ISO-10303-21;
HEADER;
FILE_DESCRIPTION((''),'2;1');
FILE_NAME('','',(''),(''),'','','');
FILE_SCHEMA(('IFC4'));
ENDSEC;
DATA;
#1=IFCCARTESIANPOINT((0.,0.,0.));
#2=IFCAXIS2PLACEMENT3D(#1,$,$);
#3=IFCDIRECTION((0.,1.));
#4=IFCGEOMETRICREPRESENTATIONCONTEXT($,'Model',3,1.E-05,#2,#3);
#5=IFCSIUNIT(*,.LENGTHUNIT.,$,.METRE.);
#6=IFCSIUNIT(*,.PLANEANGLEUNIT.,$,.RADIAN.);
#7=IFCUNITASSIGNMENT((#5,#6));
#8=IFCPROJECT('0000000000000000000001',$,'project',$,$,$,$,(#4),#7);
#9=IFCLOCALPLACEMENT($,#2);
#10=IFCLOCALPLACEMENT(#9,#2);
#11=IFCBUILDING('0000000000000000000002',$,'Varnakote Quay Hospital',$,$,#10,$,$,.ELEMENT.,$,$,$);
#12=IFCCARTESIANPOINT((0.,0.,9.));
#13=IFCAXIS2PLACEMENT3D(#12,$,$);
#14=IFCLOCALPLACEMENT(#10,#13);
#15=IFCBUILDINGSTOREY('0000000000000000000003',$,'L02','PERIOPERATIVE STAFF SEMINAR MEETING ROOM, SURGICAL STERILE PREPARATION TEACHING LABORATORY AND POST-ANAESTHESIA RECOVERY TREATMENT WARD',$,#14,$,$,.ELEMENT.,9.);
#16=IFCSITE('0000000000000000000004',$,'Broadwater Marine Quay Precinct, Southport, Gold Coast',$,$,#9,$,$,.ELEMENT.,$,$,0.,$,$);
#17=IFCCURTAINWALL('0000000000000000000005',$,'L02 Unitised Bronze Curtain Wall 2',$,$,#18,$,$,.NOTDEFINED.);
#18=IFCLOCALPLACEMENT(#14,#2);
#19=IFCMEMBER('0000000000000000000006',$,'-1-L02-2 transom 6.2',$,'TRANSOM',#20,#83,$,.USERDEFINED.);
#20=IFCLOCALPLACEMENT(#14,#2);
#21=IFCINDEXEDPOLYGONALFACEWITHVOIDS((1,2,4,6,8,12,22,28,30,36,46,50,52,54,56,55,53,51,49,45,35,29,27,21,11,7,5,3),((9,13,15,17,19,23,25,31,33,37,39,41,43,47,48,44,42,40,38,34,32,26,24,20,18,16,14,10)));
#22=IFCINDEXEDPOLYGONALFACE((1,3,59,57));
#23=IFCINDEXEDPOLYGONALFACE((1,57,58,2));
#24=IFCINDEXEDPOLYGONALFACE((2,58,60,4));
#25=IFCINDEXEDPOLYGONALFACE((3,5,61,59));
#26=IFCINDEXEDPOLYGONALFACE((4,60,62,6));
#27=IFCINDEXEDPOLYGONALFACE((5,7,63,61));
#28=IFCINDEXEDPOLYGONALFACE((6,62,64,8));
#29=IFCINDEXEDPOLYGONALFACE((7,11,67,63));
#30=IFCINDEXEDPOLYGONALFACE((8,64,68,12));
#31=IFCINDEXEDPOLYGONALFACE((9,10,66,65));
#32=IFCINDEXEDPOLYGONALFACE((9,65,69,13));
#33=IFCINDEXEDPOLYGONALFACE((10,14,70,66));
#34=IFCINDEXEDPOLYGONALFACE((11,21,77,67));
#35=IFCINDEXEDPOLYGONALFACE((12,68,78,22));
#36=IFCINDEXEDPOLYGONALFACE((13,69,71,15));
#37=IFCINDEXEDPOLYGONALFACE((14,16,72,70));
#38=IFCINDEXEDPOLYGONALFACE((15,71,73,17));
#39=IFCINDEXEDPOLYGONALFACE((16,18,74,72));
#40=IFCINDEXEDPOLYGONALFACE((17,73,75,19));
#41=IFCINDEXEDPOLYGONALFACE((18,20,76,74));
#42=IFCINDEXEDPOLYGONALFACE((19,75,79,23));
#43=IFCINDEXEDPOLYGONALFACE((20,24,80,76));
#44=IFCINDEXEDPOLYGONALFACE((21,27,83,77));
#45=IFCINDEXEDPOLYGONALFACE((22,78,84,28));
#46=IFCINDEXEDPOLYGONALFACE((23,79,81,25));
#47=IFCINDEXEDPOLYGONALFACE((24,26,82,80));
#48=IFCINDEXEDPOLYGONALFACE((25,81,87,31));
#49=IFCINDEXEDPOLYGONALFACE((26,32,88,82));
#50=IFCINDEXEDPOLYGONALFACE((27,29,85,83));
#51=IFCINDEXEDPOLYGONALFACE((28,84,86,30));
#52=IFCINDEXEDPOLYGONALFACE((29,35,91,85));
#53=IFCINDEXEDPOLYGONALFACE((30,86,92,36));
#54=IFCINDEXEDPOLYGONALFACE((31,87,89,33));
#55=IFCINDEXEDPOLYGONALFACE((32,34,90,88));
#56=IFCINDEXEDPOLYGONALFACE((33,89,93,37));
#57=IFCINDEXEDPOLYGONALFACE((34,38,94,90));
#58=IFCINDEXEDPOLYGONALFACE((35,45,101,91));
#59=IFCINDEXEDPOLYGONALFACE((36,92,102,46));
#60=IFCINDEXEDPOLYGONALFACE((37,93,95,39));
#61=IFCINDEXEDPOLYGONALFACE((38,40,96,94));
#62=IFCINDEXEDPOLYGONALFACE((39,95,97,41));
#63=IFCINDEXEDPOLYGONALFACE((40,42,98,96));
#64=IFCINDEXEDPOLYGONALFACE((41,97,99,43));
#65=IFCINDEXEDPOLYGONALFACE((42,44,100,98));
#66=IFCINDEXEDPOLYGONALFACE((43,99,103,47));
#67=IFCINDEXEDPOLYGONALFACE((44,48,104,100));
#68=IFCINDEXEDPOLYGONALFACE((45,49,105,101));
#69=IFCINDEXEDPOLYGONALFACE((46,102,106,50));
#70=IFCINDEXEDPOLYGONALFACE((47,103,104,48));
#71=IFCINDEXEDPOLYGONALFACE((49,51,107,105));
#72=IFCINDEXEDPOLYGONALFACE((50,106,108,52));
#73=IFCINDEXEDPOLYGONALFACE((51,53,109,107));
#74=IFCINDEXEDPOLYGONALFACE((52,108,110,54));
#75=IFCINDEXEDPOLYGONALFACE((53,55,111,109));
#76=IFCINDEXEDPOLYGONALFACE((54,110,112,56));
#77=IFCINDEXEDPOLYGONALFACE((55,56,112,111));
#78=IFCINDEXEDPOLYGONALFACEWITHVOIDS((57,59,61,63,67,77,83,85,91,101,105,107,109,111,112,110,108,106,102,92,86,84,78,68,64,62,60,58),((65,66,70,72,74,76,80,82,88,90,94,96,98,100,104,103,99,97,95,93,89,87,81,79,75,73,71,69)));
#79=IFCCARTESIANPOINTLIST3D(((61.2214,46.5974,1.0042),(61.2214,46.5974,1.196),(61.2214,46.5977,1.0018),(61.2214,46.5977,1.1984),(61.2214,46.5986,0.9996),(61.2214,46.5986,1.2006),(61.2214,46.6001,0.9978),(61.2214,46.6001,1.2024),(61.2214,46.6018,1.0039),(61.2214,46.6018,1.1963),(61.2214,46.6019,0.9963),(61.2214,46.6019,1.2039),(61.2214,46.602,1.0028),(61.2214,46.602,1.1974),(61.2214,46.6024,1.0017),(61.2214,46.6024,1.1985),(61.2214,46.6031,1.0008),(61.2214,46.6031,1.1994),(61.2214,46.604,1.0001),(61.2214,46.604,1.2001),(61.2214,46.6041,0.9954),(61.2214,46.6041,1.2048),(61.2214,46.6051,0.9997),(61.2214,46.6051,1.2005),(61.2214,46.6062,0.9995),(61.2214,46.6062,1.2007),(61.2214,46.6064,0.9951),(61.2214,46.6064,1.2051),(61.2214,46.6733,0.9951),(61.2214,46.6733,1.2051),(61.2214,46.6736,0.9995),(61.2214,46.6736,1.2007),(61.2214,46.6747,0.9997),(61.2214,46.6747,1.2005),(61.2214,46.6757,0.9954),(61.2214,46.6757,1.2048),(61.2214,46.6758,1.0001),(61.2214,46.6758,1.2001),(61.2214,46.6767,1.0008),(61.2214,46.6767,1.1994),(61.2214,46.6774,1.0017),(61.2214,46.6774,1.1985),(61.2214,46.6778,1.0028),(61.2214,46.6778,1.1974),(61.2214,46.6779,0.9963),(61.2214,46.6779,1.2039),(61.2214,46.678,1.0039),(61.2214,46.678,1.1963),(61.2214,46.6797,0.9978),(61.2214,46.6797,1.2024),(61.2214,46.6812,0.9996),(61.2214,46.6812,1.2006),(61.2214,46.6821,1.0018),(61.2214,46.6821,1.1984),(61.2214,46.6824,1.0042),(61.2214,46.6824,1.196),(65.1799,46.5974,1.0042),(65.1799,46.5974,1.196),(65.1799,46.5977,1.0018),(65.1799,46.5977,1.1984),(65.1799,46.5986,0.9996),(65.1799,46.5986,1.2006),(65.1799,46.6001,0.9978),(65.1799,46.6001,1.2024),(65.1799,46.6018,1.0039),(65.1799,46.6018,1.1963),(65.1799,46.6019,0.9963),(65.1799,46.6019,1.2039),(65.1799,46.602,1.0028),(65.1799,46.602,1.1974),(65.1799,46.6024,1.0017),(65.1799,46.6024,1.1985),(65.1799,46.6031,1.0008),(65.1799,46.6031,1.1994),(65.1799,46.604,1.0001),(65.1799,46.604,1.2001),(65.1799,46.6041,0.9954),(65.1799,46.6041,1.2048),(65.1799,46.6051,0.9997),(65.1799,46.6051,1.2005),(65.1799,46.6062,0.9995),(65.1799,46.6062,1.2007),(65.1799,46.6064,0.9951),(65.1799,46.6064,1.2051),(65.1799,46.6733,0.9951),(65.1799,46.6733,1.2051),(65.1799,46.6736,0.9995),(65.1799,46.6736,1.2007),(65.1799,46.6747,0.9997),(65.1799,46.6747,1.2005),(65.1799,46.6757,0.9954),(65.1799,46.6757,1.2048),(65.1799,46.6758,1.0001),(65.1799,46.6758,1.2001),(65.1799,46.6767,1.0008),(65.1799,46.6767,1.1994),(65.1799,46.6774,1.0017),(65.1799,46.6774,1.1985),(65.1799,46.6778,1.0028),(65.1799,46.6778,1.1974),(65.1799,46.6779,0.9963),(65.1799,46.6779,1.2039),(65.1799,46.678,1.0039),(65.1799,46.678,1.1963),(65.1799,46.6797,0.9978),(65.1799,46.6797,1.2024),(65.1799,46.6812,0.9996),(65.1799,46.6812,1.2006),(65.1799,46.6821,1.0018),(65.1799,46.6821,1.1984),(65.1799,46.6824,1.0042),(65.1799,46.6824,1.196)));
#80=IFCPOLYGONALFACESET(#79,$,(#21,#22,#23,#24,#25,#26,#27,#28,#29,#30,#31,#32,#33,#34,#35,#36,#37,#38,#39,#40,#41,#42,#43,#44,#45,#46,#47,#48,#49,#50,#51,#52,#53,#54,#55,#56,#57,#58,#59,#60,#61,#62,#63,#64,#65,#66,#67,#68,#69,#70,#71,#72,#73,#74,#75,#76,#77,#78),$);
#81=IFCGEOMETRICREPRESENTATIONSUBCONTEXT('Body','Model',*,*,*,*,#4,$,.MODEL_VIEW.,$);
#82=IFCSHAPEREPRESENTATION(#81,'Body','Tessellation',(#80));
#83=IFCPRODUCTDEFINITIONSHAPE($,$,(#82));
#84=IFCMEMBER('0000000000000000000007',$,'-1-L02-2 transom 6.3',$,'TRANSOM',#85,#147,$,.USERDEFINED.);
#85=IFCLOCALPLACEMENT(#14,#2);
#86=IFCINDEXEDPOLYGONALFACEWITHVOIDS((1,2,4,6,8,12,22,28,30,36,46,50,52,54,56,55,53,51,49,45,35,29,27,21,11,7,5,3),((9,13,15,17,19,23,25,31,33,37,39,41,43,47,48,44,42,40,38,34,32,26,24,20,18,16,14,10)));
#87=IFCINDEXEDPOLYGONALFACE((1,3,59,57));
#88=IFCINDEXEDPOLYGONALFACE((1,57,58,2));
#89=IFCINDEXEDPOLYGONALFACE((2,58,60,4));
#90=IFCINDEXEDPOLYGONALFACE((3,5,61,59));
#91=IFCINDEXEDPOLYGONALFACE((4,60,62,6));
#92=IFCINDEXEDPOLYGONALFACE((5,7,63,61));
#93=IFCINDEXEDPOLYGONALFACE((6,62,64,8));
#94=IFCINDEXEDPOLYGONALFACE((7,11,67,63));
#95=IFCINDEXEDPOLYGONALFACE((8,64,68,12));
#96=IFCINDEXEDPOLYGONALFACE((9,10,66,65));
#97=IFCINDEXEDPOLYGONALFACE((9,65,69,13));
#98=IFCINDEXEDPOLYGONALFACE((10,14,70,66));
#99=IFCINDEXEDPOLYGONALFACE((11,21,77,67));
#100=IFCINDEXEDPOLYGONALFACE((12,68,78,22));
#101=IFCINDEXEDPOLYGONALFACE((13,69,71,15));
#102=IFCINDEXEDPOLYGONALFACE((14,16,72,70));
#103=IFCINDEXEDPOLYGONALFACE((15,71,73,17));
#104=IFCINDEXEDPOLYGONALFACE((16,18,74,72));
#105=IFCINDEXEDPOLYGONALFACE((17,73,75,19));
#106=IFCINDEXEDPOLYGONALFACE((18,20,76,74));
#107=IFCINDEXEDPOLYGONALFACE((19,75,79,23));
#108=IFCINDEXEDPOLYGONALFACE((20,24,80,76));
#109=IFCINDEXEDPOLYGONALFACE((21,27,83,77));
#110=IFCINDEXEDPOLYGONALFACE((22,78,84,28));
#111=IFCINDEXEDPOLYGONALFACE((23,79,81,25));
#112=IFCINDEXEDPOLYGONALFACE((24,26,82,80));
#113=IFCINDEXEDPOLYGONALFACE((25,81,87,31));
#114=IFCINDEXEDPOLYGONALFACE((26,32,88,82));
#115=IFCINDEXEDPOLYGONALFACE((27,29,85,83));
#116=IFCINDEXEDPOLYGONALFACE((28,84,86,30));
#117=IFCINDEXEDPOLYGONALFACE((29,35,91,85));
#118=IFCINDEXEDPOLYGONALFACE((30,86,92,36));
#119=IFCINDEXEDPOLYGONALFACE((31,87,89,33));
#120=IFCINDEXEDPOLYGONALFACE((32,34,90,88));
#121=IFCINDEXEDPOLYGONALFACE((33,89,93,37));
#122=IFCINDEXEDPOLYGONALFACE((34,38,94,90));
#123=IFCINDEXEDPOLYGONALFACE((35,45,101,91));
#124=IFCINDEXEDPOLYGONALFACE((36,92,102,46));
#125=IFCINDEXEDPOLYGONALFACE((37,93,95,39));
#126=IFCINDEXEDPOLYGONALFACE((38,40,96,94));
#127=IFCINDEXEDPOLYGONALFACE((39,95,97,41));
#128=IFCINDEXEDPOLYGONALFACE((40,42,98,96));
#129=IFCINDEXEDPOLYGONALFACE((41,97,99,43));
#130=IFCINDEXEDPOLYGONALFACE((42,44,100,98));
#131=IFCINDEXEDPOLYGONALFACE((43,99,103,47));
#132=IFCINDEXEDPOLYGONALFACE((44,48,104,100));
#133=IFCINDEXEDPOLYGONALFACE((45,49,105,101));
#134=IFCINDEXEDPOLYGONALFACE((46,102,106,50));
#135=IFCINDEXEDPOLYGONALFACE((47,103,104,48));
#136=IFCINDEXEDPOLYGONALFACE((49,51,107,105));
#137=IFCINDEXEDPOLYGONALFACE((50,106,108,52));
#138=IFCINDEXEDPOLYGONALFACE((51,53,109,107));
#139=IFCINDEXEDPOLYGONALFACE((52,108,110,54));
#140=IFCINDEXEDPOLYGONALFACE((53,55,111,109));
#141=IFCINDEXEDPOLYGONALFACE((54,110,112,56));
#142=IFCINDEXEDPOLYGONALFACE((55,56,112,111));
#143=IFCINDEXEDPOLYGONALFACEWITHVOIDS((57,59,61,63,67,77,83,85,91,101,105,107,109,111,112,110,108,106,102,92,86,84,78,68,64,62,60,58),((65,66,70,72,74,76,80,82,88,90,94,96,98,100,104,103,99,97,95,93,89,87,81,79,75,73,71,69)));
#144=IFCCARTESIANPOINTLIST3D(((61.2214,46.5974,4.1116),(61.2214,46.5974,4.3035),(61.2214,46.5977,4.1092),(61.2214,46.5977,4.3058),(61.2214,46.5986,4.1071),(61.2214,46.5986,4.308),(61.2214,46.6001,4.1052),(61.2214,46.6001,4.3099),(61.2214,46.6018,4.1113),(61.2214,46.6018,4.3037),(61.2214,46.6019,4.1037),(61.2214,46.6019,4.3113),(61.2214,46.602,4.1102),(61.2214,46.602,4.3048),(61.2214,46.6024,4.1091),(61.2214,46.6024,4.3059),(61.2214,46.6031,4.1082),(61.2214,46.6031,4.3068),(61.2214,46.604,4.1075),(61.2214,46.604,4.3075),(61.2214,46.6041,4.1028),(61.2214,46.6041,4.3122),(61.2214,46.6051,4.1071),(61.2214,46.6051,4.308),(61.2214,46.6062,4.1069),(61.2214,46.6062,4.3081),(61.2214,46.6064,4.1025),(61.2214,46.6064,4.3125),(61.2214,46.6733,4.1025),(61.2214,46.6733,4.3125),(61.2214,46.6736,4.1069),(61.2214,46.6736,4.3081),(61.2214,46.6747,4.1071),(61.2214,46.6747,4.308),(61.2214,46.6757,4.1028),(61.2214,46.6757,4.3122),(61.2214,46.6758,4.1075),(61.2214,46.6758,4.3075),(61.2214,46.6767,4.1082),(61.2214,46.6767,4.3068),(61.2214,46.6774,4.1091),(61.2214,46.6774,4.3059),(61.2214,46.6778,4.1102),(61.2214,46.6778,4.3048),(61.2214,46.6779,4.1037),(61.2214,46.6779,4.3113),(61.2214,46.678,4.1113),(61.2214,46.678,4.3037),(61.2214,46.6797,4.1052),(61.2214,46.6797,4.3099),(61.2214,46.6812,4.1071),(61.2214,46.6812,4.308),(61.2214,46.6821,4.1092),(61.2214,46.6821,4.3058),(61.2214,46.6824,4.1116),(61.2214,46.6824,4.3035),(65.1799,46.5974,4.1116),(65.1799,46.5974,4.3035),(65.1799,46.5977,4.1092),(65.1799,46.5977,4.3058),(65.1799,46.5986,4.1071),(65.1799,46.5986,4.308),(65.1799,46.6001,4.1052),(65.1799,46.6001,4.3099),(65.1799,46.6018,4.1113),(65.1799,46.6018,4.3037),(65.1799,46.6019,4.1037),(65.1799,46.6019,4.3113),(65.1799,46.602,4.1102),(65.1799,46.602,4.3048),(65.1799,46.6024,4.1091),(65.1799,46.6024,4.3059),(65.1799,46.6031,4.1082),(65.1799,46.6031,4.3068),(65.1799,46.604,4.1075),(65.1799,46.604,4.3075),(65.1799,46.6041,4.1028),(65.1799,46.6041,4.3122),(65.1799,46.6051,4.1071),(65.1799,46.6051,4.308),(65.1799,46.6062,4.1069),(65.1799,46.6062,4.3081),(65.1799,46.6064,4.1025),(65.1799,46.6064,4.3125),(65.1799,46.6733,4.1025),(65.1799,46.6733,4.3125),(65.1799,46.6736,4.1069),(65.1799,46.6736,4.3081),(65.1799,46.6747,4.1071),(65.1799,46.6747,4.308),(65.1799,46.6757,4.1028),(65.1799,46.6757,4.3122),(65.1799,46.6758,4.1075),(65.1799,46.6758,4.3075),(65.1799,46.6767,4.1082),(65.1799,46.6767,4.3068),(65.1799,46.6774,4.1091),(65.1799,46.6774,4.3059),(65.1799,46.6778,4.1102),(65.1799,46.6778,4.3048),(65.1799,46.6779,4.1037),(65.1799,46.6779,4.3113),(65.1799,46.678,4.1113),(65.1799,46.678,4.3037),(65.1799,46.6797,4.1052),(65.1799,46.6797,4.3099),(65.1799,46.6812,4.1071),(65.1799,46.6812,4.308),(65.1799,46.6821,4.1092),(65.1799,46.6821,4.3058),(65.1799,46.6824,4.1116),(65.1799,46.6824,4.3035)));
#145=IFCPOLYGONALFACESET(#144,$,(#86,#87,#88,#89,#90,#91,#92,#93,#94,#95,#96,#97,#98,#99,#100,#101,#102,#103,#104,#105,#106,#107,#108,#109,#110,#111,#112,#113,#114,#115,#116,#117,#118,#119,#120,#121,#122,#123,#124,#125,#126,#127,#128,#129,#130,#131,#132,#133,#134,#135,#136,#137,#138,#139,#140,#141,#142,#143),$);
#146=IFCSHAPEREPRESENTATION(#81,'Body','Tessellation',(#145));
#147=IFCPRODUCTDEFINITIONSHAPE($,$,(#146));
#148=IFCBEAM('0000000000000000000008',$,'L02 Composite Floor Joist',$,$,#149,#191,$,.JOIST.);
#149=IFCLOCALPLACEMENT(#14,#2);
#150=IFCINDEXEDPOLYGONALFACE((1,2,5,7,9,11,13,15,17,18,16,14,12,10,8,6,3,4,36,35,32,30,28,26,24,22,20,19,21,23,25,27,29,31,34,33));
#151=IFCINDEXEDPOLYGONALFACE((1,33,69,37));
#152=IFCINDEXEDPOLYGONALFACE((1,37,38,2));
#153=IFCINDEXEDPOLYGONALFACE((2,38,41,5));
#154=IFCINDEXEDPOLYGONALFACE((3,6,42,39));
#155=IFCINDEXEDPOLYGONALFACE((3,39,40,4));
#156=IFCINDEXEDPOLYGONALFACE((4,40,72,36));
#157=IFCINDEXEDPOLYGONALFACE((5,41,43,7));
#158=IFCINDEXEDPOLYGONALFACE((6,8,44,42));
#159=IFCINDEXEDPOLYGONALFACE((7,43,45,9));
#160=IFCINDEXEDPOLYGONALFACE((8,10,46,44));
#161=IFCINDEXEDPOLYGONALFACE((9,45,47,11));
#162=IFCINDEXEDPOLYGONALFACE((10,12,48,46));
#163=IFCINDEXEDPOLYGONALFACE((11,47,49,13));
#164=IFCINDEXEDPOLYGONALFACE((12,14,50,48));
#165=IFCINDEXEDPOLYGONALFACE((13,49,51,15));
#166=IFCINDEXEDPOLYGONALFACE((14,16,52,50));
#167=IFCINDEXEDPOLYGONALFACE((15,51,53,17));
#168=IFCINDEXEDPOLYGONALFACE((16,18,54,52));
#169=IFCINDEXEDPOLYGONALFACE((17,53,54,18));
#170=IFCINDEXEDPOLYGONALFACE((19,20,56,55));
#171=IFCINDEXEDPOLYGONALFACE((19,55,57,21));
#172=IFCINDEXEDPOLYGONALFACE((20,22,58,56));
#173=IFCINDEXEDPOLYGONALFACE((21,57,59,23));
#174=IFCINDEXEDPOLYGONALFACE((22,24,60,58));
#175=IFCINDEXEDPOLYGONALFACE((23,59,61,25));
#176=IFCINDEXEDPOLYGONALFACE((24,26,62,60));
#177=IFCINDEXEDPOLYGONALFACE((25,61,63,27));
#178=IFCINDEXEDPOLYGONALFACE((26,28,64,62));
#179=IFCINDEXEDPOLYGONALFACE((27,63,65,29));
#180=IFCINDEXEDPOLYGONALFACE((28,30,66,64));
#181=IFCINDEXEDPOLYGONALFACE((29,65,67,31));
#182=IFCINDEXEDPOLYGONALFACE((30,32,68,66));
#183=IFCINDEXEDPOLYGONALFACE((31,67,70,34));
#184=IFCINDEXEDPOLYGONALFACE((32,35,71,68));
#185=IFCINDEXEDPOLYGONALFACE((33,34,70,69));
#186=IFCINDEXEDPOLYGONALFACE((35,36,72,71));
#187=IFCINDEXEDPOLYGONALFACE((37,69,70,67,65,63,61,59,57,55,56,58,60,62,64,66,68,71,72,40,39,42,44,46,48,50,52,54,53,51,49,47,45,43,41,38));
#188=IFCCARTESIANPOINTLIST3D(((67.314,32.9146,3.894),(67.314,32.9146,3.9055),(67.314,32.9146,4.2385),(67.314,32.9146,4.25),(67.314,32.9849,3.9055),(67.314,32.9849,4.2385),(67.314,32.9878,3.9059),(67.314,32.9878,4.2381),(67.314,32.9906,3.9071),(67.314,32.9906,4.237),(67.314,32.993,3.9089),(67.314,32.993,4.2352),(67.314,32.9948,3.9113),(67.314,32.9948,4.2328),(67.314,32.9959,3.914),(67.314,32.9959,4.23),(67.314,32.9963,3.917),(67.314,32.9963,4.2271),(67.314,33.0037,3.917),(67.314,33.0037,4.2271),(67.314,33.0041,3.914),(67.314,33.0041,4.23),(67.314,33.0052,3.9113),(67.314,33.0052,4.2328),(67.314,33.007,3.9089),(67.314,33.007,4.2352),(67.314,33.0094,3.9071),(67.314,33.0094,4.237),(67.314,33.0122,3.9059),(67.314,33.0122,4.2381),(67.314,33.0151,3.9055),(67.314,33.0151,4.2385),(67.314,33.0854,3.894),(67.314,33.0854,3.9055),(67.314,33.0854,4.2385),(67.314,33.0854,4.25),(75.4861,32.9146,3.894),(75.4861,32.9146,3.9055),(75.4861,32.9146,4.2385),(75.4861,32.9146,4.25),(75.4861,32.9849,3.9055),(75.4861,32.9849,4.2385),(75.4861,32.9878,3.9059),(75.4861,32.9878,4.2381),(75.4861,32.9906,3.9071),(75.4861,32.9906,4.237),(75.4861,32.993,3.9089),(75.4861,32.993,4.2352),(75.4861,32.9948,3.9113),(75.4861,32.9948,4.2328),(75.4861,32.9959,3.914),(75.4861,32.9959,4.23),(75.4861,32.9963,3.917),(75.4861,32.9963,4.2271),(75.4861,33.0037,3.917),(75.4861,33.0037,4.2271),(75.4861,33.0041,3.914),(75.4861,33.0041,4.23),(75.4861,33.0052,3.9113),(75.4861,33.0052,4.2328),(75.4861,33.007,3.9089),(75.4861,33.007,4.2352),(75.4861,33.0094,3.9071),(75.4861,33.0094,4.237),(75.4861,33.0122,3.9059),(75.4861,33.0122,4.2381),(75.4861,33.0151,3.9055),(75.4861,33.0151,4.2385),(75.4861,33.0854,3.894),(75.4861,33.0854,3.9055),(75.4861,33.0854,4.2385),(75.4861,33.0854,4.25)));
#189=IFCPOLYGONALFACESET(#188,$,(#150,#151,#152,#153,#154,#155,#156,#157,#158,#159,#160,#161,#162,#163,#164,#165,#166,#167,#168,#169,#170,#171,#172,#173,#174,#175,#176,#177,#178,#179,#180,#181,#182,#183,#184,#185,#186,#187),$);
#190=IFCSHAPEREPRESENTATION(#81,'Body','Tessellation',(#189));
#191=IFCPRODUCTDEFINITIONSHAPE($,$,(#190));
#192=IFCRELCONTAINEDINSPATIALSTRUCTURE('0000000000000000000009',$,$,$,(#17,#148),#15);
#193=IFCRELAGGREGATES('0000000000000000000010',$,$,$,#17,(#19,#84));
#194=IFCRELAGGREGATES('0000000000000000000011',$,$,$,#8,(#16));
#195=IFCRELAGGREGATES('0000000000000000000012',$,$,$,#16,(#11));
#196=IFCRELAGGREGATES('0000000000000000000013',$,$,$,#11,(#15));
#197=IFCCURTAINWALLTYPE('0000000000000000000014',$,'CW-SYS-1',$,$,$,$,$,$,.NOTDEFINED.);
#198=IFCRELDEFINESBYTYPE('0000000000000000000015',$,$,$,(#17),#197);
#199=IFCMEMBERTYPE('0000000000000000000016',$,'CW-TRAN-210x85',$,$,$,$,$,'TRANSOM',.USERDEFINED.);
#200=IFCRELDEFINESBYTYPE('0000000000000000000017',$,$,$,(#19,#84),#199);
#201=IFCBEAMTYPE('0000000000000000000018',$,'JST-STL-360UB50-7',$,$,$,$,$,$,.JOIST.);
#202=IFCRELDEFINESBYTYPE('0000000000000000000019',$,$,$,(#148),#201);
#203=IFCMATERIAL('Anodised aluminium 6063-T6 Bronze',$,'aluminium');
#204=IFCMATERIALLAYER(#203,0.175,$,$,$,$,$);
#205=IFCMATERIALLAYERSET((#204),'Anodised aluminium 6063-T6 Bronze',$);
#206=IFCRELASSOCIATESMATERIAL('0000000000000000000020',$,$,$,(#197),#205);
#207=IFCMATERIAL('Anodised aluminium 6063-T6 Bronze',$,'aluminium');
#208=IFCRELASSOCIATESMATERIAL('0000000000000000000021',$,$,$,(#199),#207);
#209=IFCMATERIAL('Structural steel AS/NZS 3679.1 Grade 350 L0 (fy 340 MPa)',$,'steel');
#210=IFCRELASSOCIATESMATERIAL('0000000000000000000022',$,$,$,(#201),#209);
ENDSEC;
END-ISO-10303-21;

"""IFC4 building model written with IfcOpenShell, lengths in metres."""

from ifc_helpers import new_model, si_unit, direction, frame, origin, origin_2d, place, context, subcontext, project, spatial, hollow_rectangle, i_section, extrude, material, layer, layer_set, material_profile, profile_set, type_object, element, aggregate, save


model = new_model("IFC4")

# Units and contexts
model_context = context("Model", 3, precision=1e-05, world=origin(), true_north=direction((0.0, 1.0)))
body_context = subcontext(model_context, "Body", "Model", "MODEL_VIEW")
ifc_project = project(units=[si_unit("LENGTHUNIT", "METRE"), si_unit("PLANEANGLEUNIT", "RADIAN")], contexts=[model_context])

# Site, building, storey
site_placement = place(None, origin())
site = spatial("IfcSite", under=ifc_project, at=site_placement, Name="Broadwater Marine Quay Precinct, Southport, Gold Coast", CompositionType="ELEMENT", RefElevation=0.0)
building_placement = place(site_placement, origin())
building = spatial("IfcBuilding", under=site, at=building_placement, Name="Varnakote Quay Hospital", CompositionType="ELEMENT")
storey_placement = place(building_placement, frame((0.0, 0.0, 9.0)))
storey = spatial("IfcBuildingStorey", under=building, at=storey_placement, Name="L02", Description="PERIOPERATIVE STAFF SEMINAR MEETING ROOM, SURGICAL STERILE PREPARATION TEACHING LABORATORY AND POST-ANAESTHESIA RECOVERY TREATMENT WARD", CompositionType="ELEMENT", Elevation=9.0)

# Curtain wall, members
ifc_material_1 = material(Name="Anodised aluminium 6063-T6 Bronze", Category="aluminium")
ifc_layer_1 = layer(ifc_material_1, 0.175)
ifc_layer_set_1 = layer_set([ifc_layer_1], Name="Anodised aluminium 6063-T6 Bronze")
curtain_wall_type = type_object("IfcCurtainWallType", Name="CW-SYS-1", PredefinedType="NOTDEFINED", material=ifc_layer_set_1)
curtain_wall_placement = place(storey_placement, origin())
curtain_wall = element("IfcCurtainWall", 1, at=curtain_wall_placement, inside=storey, type_object=curtain_wall_type, Name="L02 Unitised Bronze Curtain Wall 2", PredefinedType="NOTDEFINED")
ifc_material_2 = material(Name="Anodised aluminium 6063-T6 Bronze", Category="aluminium")
ifc_material_profile_1 = material_profile(ifc_material_2, hollow_rectangle(XDim=0.085, YDim=0.21, WallThickness=0.0044, InnerFilletRadius=0.0044, OuterFilletRadius=0.009, at=origin_2d()), Name="CW-TRAN-210x85")
ifc_profile_set_1 = profile_set([ifc_material_profile_1], Name="Anodised aluminium 6063-T6 Bronze")
member_type_1 = type_object("IfcMemberType", Name="CW-TRAN-210x85", ElementType="TRANSOM", PredefinedType="USERDEFINED", material=ifc_profile_set_1)
member_1_placement = place(storey_placement, frame((65.1799, 46.6399, 1.1001), z_axis=(-1.0, 0.0, 0.0), x_axis=(0.0, -1.0, 0.0)))
member_1 = element("IfcMember", 2, at=member_1_placement, type_object=member_type_1, Name="-1-L02-2 transom 6.2", ObjectType="TRANSOM", PredefinedType="USERDEFINED", context=body_context, shape_type="SweptSolid", body=[
    extrude(hollow_rectangle(XDim=0.085, YDim=0.21, WallThickness=0.0044, InnerFilletRadius=0.0044, OuterFilletRadius=0.009, at=origin_2d()), origin(), (0.0, 0.0, 1.0), 3.9585),
])
member_2_placement = place(storey_placement, frame((65.1799, 46.6399, 4.2075), z_axis=(-1.0, 0.0, 0.0), x_axis=(0.0, -1.0, 0.0)))
member_2 = element("IfcMember", 3, at=member_2_placement, type_object=member_type_1, Name="-1-L02-2 transom 6.3", ObjectType="TRANSOM", PredefinedType="USERDEFINED", context=body_context, shape_type="SweptSolid", body=[
    extrude(hollow_rectangle(XDim=0.085, YDim=0.21, WallThickness=0.0044, InnerFilletRadius=0.0044, OuterFilletRadius=0.009, at=origin_2d()), origin(), (0.0, 0.0, 1.0), 3.9585),
])

# Beam
ifc_material_3 = material(Name="Structural steel AS/NZS 3679.1 Grade 350 L0 (fy 340 MPa)", Category="steel")
ifc_material_profile_2 = material_profile(ifc_material_3, i_section(OverallWidth=0.1709, OverallDepth=0.356, WebThickness=0.0073, FlangeThickness=0.0115, FilletRadius=0.0115, at=origin_2d()), Name="360UB50.7")
ifc_profile_set_2 = profile_set([ifc_material_profile_2], Name="Structural steel AS/NZS 3679.1 Grade 350 L0 (fy 340 MPa)")
beam_type_1 = type_object("IfcBeamType", Name="JST-STL-360UB50-7", PredefinedType="JOIST", material=ifc_profile_set_2)
for number, where, z_axis, x_axis, name in (
    (4, (67.314, 33.0, 4.072), (1.0, 0.0, 0.0), (0.0, 1.0, 0.0), "L02 Composite Floor Joist"),
):
    element("IfcBeam", number, at=place(storey_placement, frame(where, z_axis=z_axis, x_axis=x_axis)), inside=storey, type_object=beam_type_1, Name=name, PredefinedType="JOIST", context=body_context, shape_type="SweptSolid", body=[
        extrude(i_section(OverallWidth=0.1709, OverallDepth=0.356, WebThickness=0.0073, FlangeThickness=0.0115, FilletRadius=0.0115, at=origin_2d()), origin(), (0.0, 0.0, 1.0), 8.1721),
    ])

aggregate(curtain_wall, [member_1, member_2])

save(model, "model.ifc")
